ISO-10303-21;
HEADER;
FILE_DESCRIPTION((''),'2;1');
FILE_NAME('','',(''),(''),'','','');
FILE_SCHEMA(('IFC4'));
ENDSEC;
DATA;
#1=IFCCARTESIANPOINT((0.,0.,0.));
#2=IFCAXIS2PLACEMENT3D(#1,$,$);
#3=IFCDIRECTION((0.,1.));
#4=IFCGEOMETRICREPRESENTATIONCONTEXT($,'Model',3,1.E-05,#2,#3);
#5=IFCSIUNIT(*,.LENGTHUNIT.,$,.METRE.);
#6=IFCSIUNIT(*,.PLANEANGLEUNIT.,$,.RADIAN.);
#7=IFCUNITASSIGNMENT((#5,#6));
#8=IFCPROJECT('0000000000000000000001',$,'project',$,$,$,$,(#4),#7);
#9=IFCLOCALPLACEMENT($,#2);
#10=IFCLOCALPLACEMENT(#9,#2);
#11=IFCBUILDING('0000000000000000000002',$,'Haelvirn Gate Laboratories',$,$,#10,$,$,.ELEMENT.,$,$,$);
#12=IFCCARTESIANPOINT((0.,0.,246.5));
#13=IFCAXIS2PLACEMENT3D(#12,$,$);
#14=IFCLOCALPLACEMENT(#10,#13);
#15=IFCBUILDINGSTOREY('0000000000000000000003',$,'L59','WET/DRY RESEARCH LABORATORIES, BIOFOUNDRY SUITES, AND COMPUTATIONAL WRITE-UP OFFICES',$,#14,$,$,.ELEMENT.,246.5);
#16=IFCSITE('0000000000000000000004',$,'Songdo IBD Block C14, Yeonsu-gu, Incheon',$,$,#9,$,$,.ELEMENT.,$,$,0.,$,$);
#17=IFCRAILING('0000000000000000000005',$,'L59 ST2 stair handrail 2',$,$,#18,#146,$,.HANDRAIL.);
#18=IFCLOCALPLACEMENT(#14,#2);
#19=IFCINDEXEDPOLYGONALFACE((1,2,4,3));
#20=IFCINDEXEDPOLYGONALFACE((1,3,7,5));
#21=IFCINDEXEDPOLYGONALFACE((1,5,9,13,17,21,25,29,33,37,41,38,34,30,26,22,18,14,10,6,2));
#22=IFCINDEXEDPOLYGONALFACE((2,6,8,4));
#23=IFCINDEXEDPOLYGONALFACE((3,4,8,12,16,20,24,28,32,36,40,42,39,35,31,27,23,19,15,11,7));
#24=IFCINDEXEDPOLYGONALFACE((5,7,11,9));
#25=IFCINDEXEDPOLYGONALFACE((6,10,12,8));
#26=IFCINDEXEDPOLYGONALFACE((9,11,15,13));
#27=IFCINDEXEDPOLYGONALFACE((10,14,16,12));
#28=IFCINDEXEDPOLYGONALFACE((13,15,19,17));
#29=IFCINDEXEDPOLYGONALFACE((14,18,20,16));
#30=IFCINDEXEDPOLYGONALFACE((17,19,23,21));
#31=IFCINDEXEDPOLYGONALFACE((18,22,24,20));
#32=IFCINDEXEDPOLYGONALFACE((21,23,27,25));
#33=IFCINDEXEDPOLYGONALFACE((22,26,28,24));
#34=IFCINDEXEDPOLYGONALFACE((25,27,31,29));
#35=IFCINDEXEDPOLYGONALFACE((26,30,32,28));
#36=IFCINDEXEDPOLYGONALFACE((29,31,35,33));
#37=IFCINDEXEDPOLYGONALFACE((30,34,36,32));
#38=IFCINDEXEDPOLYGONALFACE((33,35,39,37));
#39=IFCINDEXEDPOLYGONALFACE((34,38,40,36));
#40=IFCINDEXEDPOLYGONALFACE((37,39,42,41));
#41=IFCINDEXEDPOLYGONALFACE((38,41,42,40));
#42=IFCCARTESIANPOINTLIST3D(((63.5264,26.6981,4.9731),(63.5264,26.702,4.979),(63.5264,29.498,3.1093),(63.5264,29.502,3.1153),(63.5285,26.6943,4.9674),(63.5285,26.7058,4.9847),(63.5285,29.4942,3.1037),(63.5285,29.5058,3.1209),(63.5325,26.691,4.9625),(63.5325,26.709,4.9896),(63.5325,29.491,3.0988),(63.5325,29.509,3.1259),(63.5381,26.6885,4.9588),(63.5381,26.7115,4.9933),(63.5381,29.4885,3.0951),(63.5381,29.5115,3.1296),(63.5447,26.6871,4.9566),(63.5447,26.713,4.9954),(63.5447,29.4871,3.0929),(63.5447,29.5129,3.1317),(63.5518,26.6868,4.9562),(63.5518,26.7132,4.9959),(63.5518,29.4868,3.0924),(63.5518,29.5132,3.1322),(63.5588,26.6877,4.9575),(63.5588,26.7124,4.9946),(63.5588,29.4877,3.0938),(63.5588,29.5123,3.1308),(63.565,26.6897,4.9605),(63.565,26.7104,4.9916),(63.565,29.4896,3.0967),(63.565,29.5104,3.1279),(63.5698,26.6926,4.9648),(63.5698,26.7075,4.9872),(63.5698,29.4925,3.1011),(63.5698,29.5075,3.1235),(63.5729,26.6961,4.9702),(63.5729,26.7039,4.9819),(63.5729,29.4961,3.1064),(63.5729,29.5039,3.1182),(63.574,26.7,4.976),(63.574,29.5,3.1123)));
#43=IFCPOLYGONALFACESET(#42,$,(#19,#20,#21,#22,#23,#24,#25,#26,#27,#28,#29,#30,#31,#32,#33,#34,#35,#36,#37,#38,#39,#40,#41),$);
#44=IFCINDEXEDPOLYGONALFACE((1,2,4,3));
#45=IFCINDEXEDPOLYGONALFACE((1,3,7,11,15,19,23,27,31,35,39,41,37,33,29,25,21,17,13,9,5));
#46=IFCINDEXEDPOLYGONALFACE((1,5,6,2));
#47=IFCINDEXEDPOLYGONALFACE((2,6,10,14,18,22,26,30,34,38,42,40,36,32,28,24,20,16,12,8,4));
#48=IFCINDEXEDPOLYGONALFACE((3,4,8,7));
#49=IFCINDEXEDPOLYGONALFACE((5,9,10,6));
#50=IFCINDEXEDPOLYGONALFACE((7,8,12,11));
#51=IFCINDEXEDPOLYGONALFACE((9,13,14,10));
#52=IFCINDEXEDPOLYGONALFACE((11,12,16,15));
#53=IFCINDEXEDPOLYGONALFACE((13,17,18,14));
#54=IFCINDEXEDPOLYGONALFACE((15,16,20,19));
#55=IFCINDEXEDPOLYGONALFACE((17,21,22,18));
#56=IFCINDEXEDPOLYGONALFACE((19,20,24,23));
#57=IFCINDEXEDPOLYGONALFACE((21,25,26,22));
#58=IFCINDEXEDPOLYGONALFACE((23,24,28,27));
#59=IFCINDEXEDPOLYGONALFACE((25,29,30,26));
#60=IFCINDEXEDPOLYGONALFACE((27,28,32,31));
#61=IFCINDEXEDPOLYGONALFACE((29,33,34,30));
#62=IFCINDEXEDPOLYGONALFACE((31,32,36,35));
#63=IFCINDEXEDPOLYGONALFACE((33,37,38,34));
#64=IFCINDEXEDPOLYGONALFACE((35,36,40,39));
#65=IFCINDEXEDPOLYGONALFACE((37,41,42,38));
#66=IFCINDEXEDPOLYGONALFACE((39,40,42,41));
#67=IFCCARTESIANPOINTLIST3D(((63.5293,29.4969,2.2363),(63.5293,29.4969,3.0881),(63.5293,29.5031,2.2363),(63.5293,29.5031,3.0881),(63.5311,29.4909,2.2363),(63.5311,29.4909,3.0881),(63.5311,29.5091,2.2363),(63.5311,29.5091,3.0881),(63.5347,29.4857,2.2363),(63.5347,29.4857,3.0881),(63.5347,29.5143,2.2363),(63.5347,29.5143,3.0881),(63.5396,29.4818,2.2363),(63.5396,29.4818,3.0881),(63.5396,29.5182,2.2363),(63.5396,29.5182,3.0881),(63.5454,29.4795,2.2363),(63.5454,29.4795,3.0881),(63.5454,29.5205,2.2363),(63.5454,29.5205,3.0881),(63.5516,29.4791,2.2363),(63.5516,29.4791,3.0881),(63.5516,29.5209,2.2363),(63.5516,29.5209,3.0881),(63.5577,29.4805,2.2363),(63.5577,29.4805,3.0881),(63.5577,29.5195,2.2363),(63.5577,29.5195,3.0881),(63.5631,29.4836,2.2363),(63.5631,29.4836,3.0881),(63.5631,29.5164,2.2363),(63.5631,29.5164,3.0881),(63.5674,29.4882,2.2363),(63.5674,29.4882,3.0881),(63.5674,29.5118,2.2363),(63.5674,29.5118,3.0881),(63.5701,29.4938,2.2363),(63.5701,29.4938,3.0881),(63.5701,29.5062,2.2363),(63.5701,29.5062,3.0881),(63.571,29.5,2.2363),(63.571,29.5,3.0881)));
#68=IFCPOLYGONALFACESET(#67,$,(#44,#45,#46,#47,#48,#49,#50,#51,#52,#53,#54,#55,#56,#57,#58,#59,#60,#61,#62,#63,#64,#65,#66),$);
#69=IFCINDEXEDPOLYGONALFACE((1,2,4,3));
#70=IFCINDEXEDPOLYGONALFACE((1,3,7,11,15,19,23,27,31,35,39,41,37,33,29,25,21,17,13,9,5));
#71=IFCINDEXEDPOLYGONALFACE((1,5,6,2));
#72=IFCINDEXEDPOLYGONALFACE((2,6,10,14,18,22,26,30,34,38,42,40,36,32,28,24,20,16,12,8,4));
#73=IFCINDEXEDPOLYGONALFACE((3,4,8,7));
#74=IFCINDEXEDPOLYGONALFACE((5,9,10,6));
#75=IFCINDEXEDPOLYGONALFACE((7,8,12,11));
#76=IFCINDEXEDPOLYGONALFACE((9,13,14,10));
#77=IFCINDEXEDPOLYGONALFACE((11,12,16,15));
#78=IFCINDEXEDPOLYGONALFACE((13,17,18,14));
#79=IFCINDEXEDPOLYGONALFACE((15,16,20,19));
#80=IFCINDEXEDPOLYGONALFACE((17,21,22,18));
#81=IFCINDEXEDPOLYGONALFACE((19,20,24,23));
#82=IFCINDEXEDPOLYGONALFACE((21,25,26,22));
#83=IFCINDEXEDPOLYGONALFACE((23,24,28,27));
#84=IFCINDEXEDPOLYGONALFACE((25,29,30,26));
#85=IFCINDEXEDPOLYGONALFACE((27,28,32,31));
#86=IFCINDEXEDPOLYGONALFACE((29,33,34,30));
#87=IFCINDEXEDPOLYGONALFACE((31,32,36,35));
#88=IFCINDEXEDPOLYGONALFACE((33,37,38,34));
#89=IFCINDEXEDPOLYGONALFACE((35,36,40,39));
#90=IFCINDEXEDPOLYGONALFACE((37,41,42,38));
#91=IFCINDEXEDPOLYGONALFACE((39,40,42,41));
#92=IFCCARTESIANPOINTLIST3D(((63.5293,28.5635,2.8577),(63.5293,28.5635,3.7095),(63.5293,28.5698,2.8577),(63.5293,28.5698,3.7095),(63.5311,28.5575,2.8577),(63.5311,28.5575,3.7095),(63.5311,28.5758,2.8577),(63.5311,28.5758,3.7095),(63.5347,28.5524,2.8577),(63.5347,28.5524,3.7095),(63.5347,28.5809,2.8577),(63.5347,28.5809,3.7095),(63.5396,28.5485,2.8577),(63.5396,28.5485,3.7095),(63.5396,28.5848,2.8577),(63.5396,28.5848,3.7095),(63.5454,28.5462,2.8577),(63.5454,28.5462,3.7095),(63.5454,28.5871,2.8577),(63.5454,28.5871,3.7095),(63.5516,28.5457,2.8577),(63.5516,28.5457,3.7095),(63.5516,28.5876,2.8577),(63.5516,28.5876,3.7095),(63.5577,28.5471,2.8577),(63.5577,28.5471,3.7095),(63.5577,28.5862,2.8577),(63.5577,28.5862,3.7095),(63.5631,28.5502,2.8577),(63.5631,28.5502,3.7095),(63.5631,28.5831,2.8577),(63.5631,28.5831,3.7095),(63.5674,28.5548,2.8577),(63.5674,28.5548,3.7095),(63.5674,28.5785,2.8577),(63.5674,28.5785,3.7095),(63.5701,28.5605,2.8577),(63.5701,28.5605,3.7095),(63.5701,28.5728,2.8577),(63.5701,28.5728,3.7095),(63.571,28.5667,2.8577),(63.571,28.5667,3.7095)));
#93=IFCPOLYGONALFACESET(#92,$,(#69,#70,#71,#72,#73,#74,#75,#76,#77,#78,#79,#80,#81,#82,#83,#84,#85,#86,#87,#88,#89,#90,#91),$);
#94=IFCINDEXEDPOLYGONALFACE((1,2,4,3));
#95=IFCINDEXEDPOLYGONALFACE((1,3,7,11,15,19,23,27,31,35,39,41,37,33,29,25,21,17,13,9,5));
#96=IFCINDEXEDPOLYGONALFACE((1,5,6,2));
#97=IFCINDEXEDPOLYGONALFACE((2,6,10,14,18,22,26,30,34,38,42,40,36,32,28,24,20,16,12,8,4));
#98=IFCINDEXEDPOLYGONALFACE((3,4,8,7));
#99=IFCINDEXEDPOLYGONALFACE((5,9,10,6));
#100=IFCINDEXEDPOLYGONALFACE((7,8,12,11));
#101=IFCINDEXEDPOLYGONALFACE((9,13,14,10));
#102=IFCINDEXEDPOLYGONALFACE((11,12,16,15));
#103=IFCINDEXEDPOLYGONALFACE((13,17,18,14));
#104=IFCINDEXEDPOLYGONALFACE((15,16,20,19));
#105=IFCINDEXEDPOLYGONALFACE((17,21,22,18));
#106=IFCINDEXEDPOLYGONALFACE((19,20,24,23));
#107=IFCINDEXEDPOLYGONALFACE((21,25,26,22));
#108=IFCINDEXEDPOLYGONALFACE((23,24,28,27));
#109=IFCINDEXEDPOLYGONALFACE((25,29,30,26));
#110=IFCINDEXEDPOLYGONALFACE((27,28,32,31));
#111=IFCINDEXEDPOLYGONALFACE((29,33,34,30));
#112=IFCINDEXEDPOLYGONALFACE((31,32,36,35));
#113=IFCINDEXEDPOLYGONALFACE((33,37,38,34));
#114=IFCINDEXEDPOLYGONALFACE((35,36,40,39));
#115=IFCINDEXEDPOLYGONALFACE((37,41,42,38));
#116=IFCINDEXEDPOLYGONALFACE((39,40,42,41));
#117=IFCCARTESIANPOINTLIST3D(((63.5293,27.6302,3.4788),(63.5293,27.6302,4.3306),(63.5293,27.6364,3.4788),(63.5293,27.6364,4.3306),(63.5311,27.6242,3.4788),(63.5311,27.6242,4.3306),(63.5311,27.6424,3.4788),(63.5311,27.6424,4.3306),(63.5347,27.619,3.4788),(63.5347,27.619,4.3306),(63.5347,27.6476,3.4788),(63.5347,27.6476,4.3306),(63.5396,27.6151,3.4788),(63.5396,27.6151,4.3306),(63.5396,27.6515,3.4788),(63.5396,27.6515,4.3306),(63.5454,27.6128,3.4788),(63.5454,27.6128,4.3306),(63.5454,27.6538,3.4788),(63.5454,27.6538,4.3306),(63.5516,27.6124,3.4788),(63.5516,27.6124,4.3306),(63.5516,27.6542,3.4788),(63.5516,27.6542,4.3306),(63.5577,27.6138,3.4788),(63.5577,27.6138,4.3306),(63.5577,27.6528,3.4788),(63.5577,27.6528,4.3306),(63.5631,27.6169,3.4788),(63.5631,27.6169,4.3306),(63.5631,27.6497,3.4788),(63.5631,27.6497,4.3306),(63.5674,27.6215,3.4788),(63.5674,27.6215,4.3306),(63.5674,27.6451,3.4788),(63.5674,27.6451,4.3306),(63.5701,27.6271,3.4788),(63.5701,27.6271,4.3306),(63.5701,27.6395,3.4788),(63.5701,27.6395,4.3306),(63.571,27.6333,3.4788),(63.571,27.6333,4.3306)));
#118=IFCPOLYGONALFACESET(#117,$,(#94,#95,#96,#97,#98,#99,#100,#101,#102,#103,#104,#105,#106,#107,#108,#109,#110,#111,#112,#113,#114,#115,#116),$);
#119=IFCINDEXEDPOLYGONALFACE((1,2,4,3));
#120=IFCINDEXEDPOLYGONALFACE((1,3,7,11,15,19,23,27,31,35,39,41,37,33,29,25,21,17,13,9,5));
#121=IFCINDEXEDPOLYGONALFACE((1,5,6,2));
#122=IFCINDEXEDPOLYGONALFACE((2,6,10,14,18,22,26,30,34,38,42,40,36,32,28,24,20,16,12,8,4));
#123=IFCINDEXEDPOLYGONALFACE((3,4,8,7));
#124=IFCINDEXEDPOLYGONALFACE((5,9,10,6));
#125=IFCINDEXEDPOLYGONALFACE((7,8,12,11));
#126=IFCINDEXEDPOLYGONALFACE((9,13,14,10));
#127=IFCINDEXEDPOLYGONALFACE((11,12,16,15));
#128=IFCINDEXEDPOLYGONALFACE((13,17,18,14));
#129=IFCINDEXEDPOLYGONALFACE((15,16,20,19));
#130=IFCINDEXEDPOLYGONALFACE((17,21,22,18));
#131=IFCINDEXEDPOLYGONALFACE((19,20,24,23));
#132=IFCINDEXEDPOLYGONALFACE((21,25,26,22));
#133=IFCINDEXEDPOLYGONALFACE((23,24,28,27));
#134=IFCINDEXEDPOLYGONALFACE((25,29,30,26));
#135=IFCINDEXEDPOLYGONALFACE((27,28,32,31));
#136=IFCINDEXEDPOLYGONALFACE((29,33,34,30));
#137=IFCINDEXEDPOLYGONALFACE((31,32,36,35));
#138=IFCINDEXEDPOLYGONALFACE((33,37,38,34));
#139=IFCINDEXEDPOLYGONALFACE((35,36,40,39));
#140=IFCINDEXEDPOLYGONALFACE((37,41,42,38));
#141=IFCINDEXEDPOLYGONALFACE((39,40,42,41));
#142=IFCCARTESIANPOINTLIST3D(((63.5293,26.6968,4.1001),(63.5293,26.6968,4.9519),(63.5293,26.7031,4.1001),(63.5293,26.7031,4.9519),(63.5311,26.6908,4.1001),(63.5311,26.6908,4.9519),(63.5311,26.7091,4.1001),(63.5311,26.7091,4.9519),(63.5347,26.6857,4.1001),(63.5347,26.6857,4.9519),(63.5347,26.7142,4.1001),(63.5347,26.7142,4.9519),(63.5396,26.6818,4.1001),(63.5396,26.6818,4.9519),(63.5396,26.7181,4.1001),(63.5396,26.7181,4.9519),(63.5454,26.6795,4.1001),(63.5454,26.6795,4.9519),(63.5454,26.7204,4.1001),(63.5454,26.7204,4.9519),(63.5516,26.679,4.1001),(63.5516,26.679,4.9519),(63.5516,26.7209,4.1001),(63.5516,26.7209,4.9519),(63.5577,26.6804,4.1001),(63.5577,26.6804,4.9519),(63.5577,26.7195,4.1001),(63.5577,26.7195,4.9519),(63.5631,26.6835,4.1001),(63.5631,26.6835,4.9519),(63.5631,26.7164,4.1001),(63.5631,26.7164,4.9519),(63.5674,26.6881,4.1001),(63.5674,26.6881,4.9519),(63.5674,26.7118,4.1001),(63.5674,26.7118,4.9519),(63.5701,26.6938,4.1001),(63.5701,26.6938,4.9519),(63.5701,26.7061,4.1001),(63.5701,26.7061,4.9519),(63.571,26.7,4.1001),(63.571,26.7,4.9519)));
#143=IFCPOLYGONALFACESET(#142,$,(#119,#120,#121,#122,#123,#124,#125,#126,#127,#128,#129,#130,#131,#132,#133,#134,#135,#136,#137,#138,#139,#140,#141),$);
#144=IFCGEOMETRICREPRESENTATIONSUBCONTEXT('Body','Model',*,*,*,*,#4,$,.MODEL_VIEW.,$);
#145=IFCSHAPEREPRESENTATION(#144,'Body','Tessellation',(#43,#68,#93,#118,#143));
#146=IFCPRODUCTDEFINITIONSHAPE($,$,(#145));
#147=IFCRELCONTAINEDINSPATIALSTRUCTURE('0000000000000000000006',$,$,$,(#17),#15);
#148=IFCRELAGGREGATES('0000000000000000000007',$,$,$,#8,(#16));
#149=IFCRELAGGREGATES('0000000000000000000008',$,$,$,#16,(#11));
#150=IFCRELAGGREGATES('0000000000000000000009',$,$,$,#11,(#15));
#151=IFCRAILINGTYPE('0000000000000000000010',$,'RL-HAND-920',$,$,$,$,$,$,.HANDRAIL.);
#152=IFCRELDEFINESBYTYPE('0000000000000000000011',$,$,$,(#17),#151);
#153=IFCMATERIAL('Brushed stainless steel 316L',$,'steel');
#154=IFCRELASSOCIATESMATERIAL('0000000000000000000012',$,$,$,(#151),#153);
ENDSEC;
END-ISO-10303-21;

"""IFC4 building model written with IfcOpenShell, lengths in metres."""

from ifc_helpers import new_model, si_unit, direction, frame, origin, origin_2d, place, context, subcontext, project, spatial, circle, extrude, source, transform, mapped, material, type_object, element, save


model = new_model("IFC4")

# Units and contexts
model_context = context("Model", 3, precision=1e-05, world=origin(), true_north=direction((0.0, 1.0)))
body_context = subcontext(model_context, "Body", "Model", "MODEL_VIEW")
ifc_project = project(units=[si_unit("LENGTHUNIT", "METRE"), si_unit("PLANEANGLEUNIT", "RADIAN")], contexts=[model_context])

# Site, building, storey
site_placement = place(None, origin())
site = spatial("IfcSite", under=ifc_project, at=site_placement, Name="Songdo IBD Block C14, Yeonsu-gu, Incheon", CompositionType="ELEMENT", RefElevation=0.0)
building_placement = place(site_placement, origin())
building = spatial("IfcBuilding", under=site, at=building_placement, Name="Haelvirn Gate Laboratories", CompositionType="ELEMENT")
storey_placement = place(building_placement, frame((0.0, 0.0, 246.5)))
storey = spatial("IfcBuildingStorey", under=building, at=storey_placement, Name="L59", Description="WET/DRY RESEARCH LABORATORIES, BIOFOUNDRY SUITES, AND COMPUTATIONAL WRITE-UP OFFICES", CompositionType="ELEMENT", Elevation=246.5)

# Railing
ifc_material_1 = material(Name="Brushed stainless steel 316L", Category="steel")
railing_type_1 = type_object("IfcRailingType", Name="RL-HAND-920", PredefinedType="HANDRAIL", material=ifc_material_1)
shared_shape_1 = source(origin(), body_context, "Body", "SweptSolid", [
    extrude(circle(Radius=0.0239, at=origin_2d()), frame((0.0, 0.0, 0.876), z_axis=(0.0, -0.832452, 0.554097), x_axis=(1.0, 0.0, 0.0)), (0.0, 0.0, 1.0), 3.3635),
    extrude(circle(Radius=0.021, at=origin_2d()), origin(), (0.0, 0.0, 1.0), 0.8518),
    extrude(circle(Radius=0.021, at=origin_2d()), frame((0.0, -0.9333, 0.6213)), (0.0, 0.0, 1.0), 0.8518),
    extrude(circle(Radius=0.021, at=origin_2d()), frame((0.0, -1.8667, 1.2424)), (0.0, 0.0, 1.0), 0.8518),
    extrude(circle(Radius=0.021, at=origin_2d()), frame((0.0, -2.8, 1.8638)), (0.0, 0.0, 1.0), 0.8518),
])
railing_1_placement = place(storey_placement, frame((63.55, 29.5, 2.2363)))
element("IfcRailing", 1, at=railing_1_placement, inside=storey, type_object=railing_type_1, Name="L59 ST2 stair handrail 2", PredefinedType="HANDRAIL", context=body_context, shape_type="MappedRepresentation", body=[
    mapped(shared_shape_1, transform((0.0, 0.0, 0.0), scale=1.0)),
])

save(model, "model.ifc")
